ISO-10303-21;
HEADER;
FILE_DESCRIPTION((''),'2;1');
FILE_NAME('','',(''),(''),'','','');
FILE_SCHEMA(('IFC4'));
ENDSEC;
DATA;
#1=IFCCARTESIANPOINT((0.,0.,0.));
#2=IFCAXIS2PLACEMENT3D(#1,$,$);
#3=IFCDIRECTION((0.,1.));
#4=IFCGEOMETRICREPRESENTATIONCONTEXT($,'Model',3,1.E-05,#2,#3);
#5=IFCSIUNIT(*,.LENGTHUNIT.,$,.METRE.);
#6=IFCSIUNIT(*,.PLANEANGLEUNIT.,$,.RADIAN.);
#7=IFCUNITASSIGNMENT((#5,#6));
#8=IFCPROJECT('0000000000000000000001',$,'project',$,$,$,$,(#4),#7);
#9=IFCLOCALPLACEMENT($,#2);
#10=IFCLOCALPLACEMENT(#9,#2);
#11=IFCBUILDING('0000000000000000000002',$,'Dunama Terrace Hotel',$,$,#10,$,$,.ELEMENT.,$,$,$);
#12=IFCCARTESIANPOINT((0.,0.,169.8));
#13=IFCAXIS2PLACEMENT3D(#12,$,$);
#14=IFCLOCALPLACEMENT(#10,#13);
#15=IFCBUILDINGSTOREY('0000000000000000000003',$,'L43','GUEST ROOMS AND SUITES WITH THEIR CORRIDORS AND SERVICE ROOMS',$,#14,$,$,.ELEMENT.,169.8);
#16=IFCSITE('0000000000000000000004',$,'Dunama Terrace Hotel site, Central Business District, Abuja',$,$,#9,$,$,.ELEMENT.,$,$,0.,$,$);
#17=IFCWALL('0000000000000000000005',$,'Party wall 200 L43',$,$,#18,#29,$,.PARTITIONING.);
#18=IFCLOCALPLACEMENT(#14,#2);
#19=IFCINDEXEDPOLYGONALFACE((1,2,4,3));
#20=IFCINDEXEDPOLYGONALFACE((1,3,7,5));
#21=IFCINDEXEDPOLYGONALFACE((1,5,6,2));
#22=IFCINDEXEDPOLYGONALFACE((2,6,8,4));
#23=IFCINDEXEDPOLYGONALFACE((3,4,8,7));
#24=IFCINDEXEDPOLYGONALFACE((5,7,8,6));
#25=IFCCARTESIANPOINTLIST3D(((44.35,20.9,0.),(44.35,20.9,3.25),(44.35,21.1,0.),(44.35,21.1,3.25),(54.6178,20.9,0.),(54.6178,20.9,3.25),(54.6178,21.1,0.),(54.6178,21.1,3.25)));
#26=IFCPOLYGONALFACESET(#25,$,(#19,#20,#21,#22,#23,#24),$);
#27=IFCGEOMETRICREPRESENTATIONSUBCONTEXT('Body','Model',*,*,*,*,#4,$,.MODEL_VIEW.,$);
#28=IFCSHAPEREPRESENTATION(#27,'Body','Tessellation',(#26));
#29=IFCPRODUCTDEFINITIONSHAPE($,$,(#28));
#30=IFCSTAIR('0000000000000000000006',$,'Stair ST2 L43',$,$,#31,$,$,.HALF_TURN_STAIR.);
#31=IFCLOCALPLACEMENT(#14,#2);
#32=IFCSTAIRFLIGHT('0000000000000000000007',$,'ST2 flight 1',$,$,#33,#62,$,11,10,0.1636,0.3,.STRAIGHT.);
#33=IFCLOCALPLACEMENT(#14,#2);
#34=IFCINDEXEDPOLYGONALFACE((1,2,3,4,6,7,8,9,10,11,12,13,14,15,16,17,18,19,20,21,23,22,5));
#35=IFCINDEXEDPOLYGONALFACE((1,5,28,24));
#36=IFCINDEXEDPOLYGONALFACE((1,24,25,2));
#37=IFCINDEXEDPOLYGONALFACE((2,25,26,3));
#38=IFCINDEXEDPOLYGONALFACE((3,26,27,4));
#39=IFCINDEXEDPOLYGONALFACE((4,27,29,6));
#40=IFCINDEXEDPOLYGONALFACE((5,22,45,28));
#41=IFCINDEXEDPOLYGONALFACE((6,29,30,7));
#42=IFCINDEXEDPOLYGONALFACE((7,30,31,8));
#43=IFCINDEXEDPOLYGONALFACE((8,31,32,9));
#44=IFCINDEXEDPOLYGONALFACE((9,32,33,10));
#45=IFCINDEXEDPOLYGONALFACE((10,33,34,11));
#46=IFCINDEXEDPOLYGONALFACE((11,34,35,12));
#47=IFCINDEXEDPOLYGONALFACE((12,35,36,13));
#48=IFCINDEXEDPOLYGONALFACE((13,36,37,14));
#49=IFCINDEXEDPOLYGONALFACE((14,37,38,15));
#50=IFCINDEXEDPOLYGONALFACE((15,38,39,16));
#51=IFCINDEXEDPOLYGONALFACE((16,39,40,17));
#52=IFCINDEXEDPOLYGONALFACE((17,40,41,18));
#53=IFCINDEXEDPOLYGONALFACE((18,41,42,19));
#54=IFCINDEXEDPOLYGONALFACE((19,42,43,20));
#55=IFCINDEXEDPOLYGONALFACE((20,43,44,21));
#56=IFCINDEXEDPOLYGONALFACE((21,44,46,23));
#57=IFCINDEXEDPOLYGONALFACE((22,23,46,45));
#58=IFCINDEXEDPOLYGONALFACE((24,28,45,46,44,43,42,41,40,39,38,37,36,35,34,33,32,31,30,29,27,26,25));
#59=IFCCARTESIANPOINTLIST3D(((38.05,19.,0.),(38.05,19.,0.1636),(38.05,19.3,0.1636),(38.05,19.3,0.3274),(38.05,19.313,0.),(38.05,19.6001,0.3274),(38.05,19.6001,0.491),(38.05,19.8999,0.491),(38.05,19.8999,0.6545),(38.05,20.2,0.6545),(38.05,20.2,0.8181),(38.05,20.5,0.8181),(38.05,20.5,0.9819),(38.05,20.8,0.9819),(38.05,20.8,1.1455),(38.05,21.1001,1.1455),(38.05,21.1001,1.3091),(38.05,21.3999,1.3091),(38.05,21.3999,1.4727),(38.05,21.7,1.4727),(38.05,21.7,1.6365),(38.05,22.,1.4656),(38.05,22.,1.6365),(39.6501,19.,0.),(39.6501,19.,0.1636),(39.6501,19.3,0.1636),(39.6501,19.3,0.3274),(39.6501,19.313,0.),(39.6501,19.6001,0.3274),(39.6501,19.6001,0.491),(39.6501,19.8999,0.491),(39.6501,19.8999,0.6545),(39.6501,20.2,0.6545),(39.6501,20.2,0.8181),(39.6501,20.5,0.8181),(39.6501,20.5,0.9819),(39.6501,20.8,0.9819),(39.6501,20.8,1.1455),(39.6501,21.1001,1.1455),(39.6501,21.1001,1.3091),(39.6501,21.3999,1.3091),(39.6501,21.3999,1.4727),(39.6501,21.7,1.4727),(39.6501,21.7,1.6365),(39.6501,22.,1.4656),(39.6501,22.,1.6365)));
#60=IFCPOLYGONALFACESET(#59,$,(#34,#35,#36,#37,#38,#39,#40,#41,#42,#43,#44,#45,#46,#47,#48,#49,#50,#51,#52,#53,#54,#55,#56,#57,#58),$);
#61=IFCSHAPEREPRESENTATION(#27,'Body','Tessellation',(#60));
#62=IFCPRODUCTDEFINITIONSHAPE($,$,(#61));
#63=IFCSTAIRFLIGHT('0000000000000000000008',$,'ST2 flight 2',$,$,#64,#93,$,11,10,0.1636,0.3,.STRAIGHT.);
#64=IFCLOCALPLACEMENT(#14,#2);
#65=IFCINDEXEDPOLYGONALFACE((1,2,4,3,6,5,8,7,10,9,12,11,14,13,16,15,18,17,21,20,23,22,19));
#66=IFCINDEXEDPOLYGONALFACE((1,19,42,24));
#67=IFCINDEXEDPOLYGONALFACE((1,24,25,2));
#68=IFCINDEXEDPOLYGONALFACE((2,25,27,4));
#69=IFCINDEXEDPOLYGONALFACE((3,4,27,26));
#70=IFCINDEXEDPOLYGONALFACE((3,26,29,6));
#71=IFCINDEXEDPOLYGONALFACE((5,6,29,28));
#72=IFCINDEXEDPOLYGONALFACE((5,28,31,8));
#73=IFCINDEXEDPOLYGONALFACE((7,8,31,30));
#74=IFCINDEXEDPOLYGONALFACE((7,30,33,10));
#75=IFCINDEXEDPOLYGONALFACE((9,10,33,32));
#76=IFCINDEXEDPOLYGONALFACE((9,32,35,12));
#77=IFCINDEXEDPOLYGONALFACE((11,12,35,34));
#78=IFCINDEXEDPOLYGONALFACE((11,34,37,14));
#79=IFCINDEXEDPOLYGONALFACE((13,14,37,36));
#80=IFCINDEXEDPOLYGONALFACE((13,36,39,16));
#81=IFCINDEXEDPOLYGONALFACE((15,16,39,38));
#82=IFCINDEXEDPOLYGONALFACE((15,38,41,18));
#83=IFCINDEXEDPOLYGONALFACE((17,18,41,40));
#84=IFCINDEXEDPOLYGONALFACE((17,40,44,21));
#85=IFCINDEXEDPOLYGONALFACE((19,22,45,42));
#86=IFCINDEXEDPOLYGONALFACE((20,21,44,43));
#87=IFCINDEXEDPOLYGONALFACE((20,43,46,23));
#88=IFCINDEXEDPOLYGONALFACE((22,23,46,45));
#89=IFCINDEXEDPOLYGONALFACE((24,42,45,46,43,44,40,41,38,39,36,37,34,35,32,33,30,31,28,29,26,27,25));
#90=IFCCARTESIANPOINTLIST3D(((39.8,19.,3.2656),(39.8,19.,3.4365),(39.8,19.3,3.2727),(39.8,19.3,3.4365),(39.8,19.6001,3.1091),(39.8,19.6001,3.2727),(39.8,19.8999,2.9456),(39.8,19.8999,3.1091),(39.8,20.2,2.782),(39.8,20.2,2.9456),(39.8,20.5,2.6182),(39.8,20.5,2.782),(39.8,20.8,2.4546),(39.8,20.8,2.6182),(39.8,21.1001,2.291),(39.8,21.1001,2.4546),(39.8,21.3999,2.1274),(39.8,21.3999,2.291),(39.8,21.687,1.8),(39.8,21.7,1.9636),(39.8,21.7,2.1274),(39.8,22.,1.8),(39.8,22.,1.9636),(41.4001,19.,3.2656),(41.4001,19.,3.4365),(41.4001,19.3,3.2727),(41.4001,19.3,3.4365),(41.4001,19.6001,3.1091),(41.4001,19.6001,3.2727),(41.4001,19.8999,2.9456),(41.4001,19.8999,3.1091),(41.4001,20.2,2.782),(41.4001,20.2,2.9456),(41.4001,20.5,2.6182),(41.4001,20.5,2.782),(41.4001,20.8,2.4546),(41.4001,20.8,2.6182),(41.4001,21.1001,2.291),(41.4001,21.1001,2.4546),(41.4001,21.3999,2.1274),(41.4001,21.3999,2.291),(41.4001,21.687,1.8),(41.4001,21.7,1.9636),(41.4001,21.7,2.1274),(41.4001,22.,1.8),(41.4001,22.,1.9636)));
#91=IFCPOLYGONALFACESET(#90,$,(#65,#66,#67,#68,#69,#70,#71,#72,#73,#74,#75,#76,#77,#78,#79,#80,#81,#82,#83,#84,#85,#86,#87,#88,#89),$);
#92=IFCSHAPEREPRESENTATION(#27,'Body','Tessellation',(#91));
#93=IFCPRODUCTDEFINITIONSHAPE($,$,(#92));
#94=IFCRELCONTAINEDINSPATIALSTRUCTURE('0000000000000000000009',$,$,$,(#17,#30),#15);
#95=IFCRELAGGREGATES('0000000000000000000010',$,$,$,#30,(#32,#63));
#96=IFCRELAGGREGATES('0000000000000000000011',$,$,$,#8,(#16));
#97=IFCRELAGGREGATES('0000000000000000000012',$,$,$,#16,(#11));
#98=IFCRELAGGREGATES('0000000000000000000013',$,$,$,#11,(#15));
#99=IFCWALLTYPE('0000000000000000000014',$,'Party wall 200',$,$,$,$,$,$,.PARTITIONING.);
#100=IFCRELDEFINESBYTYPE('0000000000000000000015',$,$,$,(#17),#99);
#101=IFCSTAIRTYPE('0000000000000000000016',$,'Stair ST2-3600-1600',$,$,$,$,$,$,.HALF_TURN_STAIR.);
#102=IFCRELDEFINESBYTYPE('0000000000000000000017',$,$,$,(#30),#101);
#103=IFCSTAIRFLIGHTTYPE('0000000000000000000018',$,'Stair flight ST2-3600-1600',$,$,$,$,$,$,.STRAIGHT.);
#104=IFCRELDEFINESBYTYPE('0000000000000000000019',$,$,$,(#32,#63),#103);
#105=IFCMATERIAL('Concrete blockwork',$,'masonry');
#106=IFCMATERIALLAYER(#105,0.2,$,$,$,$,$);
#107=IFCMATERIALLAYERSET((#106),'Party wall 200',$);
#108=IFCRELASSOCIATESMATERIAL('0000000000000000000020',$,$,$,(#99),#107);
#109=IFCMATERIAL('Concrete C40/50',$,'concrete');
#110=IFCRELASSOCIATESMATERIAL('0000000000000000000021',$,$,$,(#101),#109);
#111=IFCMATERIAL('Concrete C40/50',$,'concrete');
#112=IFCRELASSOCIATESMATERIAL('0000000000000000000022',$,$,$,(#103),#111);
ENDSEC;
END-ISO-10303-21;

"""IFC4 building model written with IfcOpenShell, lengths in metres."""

from ifc_helpers import new_model, si_unit, direction, frame, frame_2d, origin, place, context, subcontext, project, spatial, polyline, rectangle, outline, extrude, material, layer, layer_set, type_object, element, aggregate, save


model = new_model("IFC4")

# Units and contexts
model_context = context("Model", 3, precision=1e-05, world=origin(), true_north=direction((0.0, 1.0)))
body_context = subcontext(model_context, "Body", "Model", "MODEL_VIEW")
ifc_project = project(units=[si_unit("LENGTHUNIT", "METRE"), si_unit("PLANEANGLEUNIT", "RADIAN")], contexts=[model_context])

# Site, building, storey
site_placement = place(None, origin())
site = spatial("IfcSite", under=ifc_project, at=site_placement, Name="Dunama Terrace Hotel site, Central Business District, Abuja", CompositionType="ELEMENT", RefElevation=0.0)
building_placement = place(site_placement, origin())
building = spatial("IfcBuilding", under=site, at=building_placement, Name="Dunama Terrace Hotel", CompositionType="ELEMENT")
storey_placement = place(building_placement, frame((0.0, 0.0, 169.8)))
storey = spatial("IfcBuildingStorey", under=building, at=storey_placement, Name="L43", Description="GUEST ROOMS AND SUITES WITH THEIR CORRIDORS AND SERVICE ROOMS", CompositionType="ELEMENT", Elevation=169.8)

# Wall
ifc_material_1 = material(Name="Concrete blockwork", Category="masonry")
ifc_layer_1 = layer(ifc_material_1, 0.2)
ifc_layer_set_1 = layer_set([ifc_layer_1], Name="Party wall 200")
wall_type_1 = type_object("IfcWallType", Name="Party wall 200", PredefinedType="PARTITIONING", material=ifc_layer_set_1)
for number, where, z_axis, x_axis, name in (
    (1, (44.3501, 21.0, 0.0), (0.0, 0.0, 1.0), (1.0, 0.0, 0.0), "Party wall 200 L43"),
):
    element("IfcWall", number, at=place(storey_placement, frame(where, z_axis=z_axis, x_axis=x_axis)), inside=storey, type_object=wall_type_1, Name=name, PredefinedType="PARTITIONING", context=body_context, shape_type="SweptSolid", body=[
        extrude(rectangle(XDim=10.2678, YDim=0.2, at=frame_2d((5.1338, 0.0))), origin(), (0.0, 0.0, 1.0), 3.25),
    ])

# Stair, stair flights
ifc_material_2 = material(Name="Concrete C40/50", Category="concrete")
stair_type = type_object("IfcStairType", Name="Stair ST2-3600-1600", PredefinedType="HALF_TURN_STAIR", material=ifc_material_2)
stair_placement = place(storey_placement, origin())
stair = element("IfcStair", 2, at=stair_placement, inside=storey, type_object=stair_type, Name="Stair ST2 L43", PredefinedType="HALF_TURN_STAIR")
ifc_material_3 = material(Name="Concrete C40/50", Category="concrete")
stair_flight_type = type_object("IfcStairFlightType", Name="Stair flight ST2-3600-1600", PredefinedType="STRAIGHT", material=ifc_material_3)
stair_flight_1_placement = place(storey_placement, frame((38.8501, 19.0, 0.0), z_axis=(0.0, 0.0, 1.0), x_axis=(0.0, 1.0, 0.0)))
stair_flight_1 = element("IfcStairFlight", 3, at=stair_flight_1_placement, type_object=stair_flight_type, Name="ST2 flight 1", NumberOfRisers=11, NumberOfTreads=10, PredefinedType="STRAIGHT", RiserHeight=0.1636, TreadLength=0.3, context=body_context, shape_type="SweptSolid", body=[
    extrude(outline(polyline([(0.0, 0.0), (0.0, 0.1636), (0.3, 0.1636), (0.3, 0.3274), (0.6001, 0.3274), (0.6001, 0.491), (0.8999, 0.491), (0.8999, 0.6545), (1.2, 0.6545), (1.2, 0.8181), (1.5, 0.8181), (1.5, 0.9819), (1.8, 0.9819), (1.8, 1.1455), (2.1001, 1.1455), (2.1001, 1.3091), (2.3999, 1.3091), (2.3999, 1.4727), (2.7, 1.4727), (2.7, 1.6365), (3.0, 1.6365), (3.0, 1.8), (3.0, 1.4656), (0.313, 0.0), (0.0, 0.0)])), frame((0.0, 0.8, 0.0), z_axis=(0.0, -1.0, 0.0), x_axis=(1.0, 0.0, 0.0)), (0.0, 0.0, 1.0), 1.6001),
])
stair_flight_2_placement = place(storey_placement, frame((40.6001, 22.0, 1.8), z_axis=(0.0, 0.0, 1.0), x_axis=(0.0, -1.0, 0.0)))
stair_flight_2 = element("IfcStairFlight", 4, at=stair_flight_2_placement, type_object=stair_flight_type, Name="ST2 flight 2", NumberOfRisers=11, NumberOfTreads=10, PredefinedType="STRAIGHT", RiserHeight=0.1636, TreadLength=0.3, context=body_context, shape_type="SweptSolid", body=[
    extrude(outline(polyline([(0.0, 0.0), (0.0, 0.1636), (0.3, 0.1636), (0.3, 0.3274), (0.6001, 0.3274), (0.6001, 0.491), (0.8999, 0.491), (0.8999, 0.6545), (1.2, 0.6545), (1.2, 0.8181), (1.5, 0.8181), (1.5, 0.9819), (1.8, 0.9819), (1.8, 1.1455), (2.1001, 1.1455), (2.1001, 1.3091), (2.3999, 1.3091), (2.3999, 1.4727), (2.7, 1.4727), (2.7, 1.6365), (3.0, 1.6365), (3.0, 1.8), (3.0, 1.4656), (0.313, 0.0), (0.0, 0.0)])), frame((0.0, 0.8, 0.0), z_axis=(0.0, -1.0, 0.0), x_axis=(1.0, 0.0, 0.0)), (0.0, 0.0, 1.0), 1.6001),
])
aggregate(stair, [stair_flight_1, stair_flight_2])

save(model, "model.ifc")
